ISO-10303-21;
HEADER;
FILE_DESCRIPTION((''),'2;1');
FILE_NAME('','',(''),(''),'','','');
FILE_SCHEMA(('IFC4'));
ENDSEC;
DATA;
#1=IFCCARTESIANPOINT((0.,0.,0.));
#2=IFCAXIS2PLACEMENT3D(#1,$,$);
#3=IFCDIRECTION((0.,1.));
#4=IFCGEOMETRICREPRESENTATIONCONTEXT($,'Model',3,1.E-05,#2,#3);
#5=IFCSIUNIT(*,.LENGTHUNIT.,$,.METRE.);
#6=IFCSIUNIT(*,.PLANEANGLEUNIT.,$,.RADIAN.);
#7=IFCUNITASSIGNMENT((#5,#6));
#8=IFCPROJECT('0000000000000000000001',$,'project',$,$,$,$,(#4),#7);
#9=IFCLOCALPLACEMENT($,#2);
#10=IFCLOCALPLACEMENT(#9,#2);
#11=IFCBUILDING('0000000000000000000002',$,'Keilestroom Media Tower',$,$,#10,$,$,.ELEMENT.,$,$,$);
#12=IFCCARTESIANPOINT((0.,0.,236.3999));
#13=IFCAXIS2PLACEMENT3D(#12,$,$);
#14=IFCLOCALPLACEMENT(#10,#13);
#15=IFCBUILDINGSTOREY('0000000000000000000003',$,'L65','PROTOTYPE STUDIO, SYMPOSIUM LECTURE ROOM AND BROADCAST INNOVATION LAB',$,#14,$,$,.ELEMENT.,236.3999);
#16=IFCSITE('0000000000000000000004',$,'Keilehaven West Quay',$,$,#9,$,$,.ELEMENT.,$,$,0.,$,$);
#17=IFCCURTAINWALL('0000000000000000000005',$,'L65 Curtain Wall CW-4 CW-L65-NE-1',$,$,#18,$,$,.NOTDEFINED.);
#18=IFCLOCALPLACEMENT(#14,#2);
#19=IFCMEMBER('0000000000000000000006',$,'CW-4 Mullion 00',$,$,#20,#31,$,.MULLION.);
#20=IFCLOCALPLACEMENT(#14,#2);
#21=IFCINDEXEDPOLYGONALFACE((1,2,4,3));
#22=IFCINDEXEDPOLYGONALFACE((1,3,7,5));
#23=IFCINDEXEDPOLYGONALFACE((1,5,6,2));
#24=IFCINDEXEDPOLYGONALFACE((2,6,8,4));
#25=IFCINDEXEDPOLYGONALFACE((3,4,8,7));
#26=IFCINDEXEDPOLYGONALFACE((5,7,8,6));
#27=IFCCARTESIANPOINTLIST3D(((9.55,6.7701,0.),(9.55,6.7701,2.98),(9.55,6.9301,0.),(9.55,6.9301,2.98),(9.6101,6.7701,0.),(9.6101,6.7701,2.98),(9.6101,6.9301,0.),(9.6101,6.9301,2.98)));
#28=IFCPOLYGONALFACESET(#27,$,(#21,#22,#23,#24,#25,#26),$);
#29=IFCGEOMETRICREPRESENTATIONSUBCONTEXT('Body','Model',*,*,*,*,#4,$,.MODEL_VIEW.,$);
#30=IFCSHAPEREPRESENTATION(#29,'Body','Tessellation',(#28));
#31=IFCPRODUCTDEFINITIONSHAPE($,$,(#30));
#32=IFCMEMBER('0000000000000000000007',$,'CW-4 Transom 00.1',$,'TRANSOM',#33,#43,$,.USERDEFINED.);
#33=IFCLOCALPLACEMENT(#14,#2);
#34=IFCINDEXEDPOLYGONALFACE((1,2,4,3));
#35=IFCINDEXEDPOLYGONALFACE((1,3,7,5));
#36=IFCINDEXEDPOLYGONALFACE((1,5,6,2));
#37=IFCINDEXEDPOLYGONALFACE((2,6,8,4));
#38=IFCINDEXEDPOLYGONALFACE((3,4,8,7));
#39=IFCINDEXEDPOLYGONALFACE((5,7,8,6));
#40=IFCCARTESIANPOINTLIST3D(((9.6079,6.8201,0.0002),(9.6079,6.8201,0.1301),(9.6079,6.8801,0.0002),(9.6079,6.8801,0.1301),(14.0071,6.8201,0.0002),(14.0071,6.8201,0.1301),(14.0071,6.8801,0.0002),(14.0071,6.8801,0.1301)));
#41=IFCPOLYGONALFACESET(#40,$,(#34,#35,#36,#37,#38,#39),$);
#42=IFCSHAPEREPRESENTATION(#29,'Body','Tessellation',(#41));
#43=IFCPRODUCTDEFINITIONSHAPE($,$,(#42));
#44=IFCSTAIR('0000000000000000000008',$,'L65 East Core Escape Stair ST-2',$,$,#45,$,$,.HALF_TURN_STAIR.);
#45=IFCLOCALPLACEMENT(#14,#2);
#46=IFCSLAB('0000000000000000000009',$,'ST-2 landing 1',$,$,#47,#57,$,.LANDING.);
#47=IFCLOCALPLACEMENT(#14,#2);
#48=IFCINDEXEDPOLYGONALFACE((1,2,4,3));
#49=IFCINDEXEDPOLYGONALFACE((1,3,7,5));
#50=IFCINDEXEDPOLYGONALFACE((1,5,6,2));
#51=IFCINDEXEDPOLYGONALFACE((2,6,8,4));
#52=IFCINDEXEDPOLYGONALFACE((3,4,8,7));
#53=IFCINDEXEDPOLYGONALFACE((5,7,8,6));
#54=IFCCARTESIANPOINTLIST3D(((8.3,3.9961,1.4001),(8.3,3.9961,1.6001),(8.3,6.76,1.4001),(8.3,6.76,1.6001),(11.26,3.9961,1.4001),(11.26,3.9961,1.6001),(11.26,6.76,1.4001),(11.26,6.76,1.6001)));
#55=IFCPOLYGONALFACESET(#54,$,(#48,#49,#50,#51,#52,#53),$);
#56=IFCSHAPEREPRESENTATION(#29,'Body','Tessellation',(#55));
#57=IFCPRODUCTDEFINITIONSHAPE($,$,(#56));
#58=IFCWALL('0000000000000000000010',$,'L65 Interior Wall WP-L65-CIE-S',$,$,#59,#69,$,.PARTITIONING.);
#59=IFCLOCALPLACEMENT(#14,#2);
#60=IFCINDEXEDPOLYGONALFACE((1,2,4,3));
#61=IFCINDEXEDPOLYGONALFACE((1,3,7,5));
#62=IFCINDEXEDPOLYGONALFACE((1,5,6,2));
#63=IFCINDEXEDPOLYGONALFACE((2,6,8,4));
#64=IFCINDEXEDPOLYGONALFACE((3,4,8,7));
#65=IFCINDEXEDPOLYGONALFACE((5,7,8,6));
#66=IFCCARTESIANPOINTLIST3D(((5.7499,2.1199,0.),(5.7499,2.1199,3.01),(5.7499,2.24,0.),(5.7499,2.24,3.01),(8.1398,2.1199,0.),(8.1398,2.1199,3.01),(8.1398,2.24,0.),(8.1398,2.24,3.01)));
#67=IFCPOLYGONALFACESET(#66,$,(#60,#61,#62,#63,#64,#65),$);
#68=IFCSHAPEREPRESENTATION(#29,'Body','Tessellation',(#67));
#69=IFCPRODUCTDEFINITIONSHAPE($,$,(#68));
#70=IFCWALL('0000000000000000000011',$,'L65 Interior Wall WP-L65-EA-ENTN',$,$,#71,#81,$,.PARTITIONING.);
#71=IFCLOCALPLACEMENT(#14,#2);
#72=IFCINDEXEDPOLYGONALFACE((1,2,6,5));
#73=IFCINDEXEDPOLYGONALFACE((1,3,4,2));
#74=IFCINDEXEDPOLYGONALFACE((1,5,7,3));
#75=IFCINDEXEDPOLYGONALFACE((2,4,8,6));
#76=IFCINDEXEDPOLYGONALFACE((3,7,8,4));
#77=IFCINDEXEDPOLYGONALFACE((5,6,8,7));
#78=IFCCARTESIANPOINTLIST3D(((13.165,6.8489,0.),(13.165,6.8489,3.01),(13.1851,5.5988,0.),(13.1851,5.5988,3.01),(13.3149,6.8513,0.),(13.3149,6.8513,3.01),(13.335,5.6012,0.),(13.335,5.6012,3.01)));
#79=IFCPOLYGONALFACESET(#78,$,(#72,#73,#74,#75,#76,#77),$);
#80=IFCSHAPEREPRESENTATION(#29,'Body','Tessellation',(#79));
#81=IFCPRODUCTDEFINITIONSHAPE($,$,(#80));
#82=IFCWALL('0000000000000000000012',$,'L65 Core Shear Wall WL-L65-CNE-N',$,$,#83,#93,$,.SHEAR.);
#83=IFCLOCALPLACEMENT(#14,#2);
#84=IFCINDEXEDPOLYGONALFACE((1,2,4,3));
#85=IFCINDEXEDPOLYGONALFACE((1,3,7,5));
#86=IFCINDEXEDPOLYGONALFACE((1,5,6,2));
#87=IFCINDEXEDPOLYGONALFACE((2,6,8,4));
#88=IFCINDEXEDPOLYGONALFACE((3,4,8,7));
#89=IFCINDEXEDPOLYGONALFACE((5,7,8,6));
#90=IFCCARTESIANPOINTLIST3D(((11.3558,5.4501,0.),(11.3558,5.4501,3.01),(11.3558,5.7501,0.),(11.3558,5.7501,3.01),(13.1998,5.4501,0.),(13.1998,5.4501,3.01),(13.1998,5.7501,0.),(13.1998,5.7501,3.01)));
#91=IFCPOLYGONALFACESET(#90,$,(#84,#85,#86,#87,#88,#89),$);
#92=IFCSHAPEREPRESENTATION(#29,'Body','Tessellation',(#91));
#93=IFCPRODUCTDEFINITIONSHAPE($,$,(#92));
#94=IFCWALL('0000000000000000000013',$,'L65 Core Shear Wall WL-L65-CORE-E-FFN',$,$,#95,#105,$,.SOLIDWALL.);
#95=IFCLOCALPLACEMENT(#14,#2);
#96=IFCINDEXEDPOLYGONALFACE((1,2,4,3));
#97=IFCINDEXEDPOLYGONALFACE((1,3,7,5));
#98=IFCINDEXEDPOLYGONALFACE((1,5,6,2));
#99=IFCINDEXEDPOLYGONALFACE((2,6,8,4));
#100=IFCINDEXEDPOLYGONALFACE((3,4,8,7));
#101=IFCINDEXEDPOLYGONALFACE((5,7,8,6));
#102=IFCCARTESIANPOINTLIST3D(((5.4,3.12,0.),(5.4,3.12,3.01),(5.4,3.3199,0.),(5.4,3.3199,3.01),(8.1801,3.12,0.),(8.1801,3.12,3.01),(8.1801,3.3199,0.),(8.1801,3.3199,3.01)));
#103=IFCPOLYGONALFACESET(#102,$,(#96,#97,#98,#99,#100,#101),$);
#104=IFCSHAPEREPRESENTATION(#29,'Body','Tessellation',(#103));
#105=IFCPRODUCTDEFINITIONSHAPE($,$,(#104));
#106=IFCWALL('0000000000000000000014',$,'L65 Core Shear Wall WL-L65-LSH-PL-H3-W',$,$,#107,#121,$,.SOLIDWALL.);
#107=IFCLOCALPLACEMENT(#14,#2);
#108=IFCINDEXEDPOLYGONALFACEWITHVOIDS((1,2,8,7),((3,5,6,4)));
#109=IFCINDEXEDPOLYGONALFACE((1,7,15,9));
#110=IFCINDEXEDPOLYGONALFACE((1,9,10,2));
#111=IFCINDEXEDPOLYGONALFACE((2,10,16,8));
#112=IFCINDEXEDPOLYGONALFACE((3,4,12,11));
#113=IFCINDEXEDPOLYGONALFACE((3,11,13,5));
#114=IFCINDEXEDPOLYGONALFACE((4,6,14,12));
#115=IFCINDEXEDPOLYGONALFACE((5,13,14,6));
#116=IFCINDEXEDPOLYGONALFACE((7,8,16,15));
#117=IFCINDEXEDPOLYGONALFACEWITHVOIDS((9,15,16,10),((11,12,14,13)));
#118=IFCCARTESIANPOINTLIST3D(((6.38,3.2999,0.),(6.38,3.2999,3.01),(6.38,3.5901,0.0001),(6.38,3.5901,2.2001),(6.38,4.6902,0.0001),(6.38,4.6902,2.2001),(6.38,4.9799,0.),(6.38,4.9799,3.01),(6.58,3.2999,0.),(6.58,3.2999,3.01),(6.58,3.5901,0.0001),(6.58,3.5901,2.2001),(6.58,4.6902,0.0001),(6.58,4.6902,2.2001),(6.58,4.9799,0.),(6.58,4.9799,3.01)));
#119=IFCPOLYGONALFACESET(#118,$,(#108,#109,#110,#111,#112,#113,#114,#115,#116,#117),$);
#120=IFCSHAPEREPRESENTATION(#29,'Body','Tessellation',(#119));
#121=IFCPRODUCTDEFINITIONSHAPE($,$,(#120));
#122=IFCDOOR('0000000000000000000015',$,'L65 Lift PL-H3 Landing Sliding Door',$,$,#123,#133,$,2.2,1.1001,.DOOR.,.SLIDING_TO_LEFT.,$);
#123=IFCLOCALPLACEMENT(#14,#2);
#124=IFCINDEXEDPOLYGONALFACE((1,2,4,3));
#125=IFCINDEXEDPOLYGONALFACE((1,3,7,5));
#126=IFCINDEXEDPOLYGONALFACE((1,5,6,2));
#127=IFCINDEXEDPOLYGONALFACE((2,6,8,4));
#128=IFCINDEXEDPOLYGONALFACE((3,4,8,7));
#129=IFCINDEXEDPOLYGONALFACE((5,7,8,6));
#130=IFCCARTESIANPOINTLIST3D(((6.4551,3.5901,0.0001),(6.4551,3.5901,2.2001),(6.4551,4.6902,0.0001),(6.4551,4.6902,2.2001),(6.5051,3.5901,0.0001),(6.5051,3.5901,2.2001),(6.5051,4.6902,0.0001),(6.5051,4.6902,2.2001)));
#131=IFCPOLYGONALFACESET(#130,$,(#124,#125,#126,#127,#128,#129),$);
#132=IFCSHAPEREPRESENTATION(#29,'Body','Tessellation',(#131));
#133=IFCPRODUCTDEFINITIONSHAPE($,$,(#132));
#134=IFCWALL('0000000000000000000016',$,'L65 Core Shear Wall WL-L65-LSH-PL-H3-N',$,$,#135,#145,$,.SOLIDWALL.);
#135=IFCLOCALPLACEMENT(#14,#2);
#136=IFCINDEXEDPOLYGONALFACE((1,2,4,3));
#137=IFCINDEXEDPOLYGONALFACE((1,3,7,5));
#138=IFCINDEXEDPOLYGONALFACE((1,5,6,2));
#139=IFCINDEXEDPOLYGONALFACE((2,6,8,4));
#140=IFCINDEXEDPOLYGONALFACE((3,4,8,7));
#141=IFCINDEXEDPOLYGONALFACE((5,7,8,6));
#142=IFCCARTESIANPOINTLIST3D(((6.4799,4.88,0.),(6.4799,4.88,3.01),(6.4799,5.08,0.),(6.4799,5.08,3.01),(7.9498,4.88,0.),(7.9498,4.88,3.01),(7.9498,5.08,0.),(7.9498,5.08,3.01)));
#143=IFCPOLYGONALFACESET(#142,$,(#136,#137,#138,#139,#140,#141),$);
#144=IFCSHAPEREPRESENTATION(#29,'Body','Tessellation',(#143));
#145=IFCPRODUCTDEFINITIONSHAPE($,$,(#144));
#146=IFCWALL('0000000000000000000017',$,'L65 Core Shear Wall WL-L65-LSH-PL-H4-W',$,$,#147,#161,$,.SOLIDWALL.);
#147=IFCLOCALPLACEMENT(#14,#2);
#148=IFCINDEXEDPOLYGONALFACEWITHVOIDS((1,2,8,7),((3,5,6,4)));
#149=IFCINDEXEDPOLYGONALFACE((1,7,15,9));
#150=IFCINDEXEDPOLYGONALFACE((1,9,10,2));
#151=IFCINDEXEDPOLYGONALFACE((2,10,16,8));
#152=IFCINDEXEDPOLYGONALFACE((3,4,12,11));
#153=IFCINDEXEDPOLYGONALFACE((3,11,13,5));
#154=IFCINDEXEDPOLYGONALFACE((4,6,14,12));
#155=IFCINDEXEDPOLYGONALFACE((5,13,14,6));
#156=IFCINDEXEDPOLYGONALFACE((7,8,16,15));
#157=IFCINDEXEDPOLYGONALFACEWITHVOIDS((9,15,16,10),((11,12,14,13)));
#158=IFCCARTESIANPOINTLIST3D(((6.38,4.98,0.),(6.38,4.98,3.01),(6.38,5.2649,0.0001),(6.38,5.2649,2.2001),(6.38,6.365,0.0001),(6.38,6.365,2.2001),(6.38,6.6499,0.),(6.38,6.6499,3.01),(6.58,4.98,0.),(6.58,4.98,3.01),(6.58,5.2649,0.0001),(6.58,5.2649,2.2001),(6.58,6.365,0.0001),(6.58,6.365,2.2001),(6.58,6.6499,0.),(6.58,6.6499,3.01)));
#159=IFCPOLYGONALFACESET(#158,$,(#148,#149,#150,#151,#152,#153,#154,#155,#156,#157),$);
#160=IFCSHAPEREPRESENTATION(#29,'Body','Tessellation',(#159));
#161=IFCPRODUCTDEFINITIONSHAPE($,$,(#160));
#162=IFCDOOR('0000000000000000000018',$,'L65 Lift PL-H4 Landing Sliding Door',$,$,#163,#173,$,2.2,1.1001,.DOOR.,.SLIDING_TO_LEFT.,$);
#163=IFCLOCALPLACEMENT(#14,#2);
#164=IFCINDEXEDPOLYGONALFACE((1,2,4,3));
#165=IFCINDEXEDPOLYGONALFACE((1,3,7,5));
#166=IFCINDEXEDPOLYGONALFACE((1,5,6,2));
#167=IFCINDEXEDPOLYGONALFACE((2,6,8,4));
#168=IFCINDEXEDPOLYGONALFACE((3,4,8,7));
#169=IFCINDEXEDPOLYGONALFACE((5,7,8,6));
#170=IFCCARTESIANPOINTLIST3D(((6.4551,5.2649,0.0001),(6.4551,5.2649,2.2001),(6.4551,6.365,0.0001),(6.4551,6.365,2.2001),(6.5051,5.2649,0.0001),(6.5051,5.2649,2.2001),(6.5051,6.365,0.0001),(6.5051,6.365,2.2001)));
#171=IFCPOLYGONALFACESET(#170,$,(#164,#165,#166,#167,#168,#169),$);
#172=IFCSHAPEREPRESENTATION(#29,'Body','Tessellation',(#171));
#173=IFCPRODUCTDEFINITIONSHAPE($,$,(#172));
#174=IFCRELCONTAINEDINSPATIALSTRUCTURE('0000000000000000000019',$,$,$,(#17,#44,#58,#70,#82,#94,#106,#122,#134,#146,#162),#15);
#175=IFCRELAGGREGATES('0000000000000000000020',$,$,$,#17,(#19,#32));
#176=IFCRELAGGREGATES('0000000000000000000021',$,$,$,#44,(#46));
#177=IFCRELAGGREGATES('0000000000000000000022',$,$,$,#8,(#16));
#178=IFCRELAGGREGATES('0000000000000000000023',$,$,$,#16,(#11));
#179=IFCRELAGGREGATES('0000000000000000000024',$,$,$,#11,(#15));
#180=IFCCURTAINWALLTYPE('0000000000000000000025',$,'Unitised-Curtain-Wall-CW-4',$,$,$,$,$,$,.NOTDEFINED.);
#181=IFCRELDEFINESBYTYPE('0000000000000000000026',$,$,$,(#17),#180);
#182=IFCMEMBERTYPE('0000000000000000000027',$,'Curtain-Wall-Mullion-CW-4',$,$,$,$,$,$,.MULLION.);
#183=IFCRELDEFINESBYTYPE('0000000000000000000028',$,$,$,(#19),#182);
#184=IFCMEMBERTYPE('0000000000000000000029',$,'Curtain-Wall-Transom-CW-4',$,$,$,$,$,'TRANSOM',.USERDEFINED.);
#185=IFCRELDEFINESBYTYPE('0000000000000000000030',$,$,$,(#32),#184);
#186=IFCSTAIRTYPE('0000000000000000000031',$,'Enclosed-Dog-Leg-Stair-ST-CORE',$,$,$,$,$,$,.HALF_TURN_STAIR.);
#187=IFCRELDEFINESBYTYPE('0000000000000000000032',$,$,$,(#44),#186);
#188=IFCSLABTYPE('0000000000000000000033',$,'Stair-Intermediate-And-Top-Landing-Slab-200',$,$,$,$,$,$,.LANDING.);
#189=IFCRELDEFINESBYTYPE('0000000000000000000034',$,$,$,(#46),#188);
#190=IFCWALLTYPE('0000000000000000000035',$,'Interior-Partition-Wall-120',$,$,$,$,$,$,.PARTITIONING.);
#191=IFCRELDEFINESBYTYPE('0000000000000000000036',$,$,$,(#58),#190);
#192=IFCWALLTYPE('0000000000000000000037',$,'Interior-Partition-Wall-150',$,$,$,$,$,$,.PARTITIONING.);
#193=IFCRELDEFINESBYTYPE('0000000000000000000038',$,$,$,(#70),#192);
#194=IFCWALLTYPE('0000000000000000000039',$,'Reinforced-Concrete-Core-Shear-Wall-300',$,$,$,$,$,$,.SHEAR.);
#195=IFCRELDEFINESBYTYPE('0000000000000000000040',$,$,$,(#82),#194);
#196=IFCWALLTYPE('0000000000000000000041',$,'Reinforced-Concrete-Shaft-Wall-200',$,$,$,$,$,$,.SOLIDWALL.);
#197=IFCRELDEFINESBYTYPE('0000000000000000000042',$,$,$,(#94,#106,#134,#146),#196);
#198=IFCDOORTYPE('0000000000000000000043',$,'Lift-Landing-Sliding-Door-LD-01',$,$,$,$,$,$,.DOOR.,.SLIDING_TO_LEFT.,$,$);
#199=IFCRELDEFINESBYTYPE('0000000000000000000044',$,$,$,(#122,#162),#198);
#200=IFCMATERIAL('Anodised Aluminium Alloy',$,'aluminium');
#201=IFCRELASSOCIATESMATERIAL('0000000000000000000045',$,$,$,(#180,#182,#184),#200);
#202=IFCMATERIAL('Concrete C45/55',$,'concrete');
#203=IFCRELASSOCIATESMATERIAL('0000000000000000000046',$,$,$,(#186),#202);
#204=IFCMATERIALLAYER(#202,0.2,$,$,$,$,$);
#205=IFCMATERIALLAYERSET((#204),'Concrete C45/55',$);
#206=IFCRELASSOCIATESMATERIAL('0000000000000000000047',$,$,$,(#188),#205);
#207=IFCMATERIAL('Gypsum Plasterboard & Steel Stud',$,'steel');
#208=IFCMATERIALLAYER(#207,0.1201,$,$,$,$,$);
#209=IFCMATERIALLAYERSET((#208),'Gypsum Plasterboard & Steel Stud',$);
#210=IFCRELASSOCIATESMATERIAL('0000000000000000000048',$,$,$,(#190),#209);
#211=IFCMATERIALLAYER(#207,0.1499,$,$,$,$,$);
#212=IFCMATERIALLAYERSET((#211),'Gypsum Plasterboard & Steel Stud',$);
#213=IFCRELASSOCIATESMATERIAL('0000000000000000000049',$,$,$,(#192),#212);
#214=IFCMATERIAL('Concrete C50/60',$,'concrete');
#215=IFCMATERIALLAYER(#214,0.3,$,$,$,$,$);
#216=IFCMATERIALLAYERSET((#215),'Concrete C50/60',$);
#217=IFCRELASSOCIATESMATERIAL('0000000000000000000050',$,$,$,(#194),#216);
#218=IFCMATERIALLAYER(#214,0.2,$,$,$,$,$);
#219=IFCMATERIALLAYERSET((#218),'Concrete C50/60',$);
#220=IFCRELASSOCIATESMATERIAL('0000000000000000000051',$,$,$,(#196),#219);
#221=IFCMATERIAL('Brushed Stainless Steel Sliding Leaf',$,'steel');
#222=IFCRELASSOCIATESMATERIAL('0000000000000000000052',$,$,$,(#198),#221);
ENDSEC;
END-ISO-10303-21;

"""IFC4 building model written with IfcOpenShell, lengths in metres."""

from ifc_helpers import new_model, si_unit, direction, frame, frame_2d, origin, origin_2d, place, context, subcontext, project, spatial, polyline, rectangle, outline, extrude, source, transform, mapped, material, layer, layer_set, material_profile, profile_set, type_object, element, fill, aggregate, save


model = new_model("IFC4")

# Units and contexts
model_context = context("Model", 3, precision=1e-05, world=origin(), true_north=direction((0.0, 1.0)))
body_context = subcontext(model_context, "Body", "Model", "MODEL_VIEW")
ifc_project = project(units=[si_unit("LENGTHUNIT", "METRE"), si_unit("PLANEANGLEUNIT", "RADIAN")], contexts=[model_context])

# Site, building, storey
site_placement = place(None, origin())
site = spatial("IfcSite", under=ifc_project, at=site_placement, Name="Keilehaven West Quay", CompositionType="ELEMENT", RefElevation=0.0)
building_placement = place(site_placement, origin())
building = spatial("IfcBuilding", under=site, at=building_placement, Name="Keilestroom Media Tower", CompositionType="ELEMENT")
storey_placement = place(building_placement, frame((0.0, 0.0, 236.3999)))
storey = spatial("IfcBuildingStorey", under=building, at=storey_placement, Name="L65", Description="PROTOTYPE STUDIO, SYMPOSIUM LECTURE ROOM AND BROADCAST INNOVATION LAB", CompositionType="ELEMENT", Elevation=236.3999)

# Curtain wall, members
ifc_material_1 = material(Name="Anodised Aluminium Alloy", Category="aluminium")
curtain_wall_type = type_object("IfcCurtainWallType", Name="Unitised-Curtain-Wall-CW-4", PredefinedType="NOTDEFINED", material=ifc_material_1)
curtain_wall_placement = place(storey_placement, origin())
curtain_wall = element("IfcCurtainWall", 1, at=curtain_wall_placement, inside=storey, type_object=curtain_wall_type, Name="L65 Curtain Wall CW-4 CW-L65-NE-1", PredefinedType="NOTDEFINED")
ifc_material_profile_1 = material_profile(ifc_material_1, rectangle(XDim=0.0601, YDim=0.1599, at=origin_2d()), Name="ALU MULLION 60x160")
ifc_profile_set_1 = profile_set([ifc_material_profile_1], Name="Anodised Aluminium Alloy")
member_type_1 = type_object("IfcMemberType", Name="Curtain-Wall-Mullion-CW-4", PredefinedType="MULLION", material=ifc_profile_set_1)
shared_shape_1 = source(origin(), body_context, "Body", "SweptSolid", [
    extrude(rectangle(XDim=0.0601, YDim=0.1599, at=origin_2d()), origin(), (0.0, 0.0, 1.0), 2.98),
])
member_1_placement = place(storey_placement, frame((9.5801, 6.8501, 0.0), z_axis=(0.0, 0.0, 1.0), x_axis=(1.0, 0.0, 0.0)))
member_1 = element("IfcMember", 2, at=member_1_placement, type_object=member_type_1, Name="CW-4 Mullion 00", PredefinedType="MULLION", context=body_context, shape_type="MappedRepresentation", body=[
    mapped(shared_shape_1, transform((0.0, 0.0, 0.0), x_axis=(1.0, 0.0, 0.0), y_axis=(0.0, 1.0, 0.0), z_axis=(0.0, 0.0, 1.0), scale=1.0)),
])
ifc_material_profile_2 = material_profile(ifc_material_1, rectangle(XDim=0.0601, YDim=0.1299, at=origin_2d()), Name="ALU TRANSOM 60x130")
ifc_profile_set_2 = profile_set([ifc_material_profile_2], Name="Anodised Aluminium Alloy")
member_type_2 = type_object("IfcMemberType", Name="Curtain-Wall-Transom-CW-4", ElementType="TRANSOM", PredefinedType="USERDEFINED", material=ifc_profile_set_2)
shared_shape_2 = source(origin(), body_context, "Body", "SweptSolid", [
    extrude(rectangle(XDim=0.0601, YDim=0.1299, at=origin_2d()), origin(), (0.0, 0.0, 1.0), 4.3992),
])
member_2_placement = place(storey_placement, frame((9.6079, 6.8501, 0.0652), z_axis=(1.0, 0.0, 0.0), x_axis=(0.0, 1.0, 0.0)))
member_2 = element("IfcMember", 3, at=member_2_placement, type_object=member_type_2, Name="CW-4 Transom 00.1", ObjectType="TRANSOM", PredefinedType="USERDEFINED", context=body_context, shape_type="MappedRepresentation", body=[
    mapped(shared_shape_2, transform((0.0, 0.0, 0.0), x_axis=(1.0, 0.0, 0.0), y_axis=(0.0, 1.0, 0.0), z_axis=(0.0, 0.0, 1.0), scale=1.0)),
])
aggregate(curtain_wall, [member_1, member_2])

# Stair, slab
ifc_material_2 = material(Name="Concrete C45/55", Category="concrete")
stair_type = type_object("IfcStairType", Name="Enclosed-Dog-Leg-Stair-ST-CORE", PredefinedType="HALF_TURN_STAIR", material=ifc_material_2)
stair_placement = place(storey_placement, origin())
stair = element("IfcStair", 4, at=stair_placement, inside=storey, type_object=stair_type, Name="L65 East Core Escape Stair ST-2", PredefinedType="HALF_TURN_STAIR")
ifc_layer_1 = layer(ifc_material_2, 0.2)
ifc_layer_set_1 = layer_set([ifc_layer_1], Name="Concrete C45/55")
slab_type = type_object("IfcSlabType", Name="Stair-Intermediate-And-Top-Landing-Slab-200", PredefinedType="LANDING", material=ifc_layer_set_1)
slab_placement = place(storey_placement, frame((0.0, 0.0, 1.4001)))
slab = element("IfcSlab", 5, at=slab_placement, type_object=slab_type, Name="ST-2 landing 1", PredefinedType="LANDING", context=body_context, shape_type="SweptSolid", body=[
    extrude(outline(polyline([(11.26, 3.9961), (11.26, 6.76), (8.3, 6.76), (8.3, 3.9961), (11.26, 3.9961)])), origin(), (0.0, 0.0, 1.0), 0.2),
])

# Walls
ifc_material_3 = material(Name="Gypsum Plasterboard & Steel Stud", Category="steel")
ifc_layer_2 = layer(ifc_material_3, 0.1201)
ifc_layer_set_2 = layer_set([ifc_layer_2], Name="Gypsum Plasterboard & Steel Stud")
wall_type_1 = type_object("IfcWallType", Name="Interior-Partition-Wall-120", PredefinedType="PARTITIONING", material=ifc_layer_set_2)
wall_1_placement = place(storey_placement, frame((5.75, 2.1799, 0.0), z_axis=(0.0, 0.0, 1.0), x_axis=(1.0, 0.0, 0.0)))
element("IfcWall", 6, at=wall_1_placement, inside=storey, type_object=wall_type_1, Name="L65 Interior Wall WP-L65-CIE-S", PredefinedType="PARTITIONING", context=body_context, shape_type="SweptSolid", body=[
    extrude(rectangle(XDim=2.3899, YDim=0.1201, at=frame_2d((1.1948, 0.0))), origin(), (0.0, 0.0, 1.0), 3.01),
])
ifc_layer_3 = layer(ifc_material_3, 0.1499)
ifc_layer_set_3 = layer_set([ifc_layer_3], Name="Gypsum Plasterboard & Steel Stud")
wall_type_2 = type_object("IfcWallType", Name="Interior-Partition-Wall-150", PredefinedType="PARTITIONING", material=ifc_layer_set_3)
wall_2_placement = place(storey_placement, frame((13.26, 5.6001, 0.0), z_axis=(0.0, 0.0, 1.0), x_axis=(-0.016014, 0.999872, 0.0)))
element("IfcWall", 7, at=wall_2_placement, inside=storey, type_object=wall_type_2, Name="L65 Interior Wall WP-L65-EA-ENTN", PredefinedType="PARTITIONING", context=body_context, shape_type="SweptSolid", body=[
    extrude(rectangle(XDim=1.2502, YDim=0.1499, at=frame_2d((0.625, 0.0))), origin(), (0.0, 0.0, 1.0), 3.01),
])
ifc_material_4 = material(Name="Concrete C50/60", Category="concrete")
ifc_layer_4 = layer(ifc_material_4, 0.3)
ifc_layer_set_4 = layer_set([ifc_layer_4], Name="Concrete C50/60")
wall_type_3 = type_object("IfcWallType", Name="Reinforced-Concrete-Core-Shear-Wall-300", PredefinedType="SHEAR", material=ifc_layer_set_4)
wall_3_placement = place(storey_placement, frame((11.356, 5.6001, 0.0), z_axis=(0.0, 0.0, 1.0), x_axis=(1.0, 0.0, 0.0)))
element("IfcWall", 8, at=wall_3_placement, inside=storey, type_object=wall_type_3, Name="L65 Core Shear Wall WL-L65-CNE-N", PredefinedType="SHEAR", context=body_context, shape_type="SweptSolid", body=[
    extrude(rectangle(XDim=1.844, YDim=0.3, at=frame_2d((0.9219, 0.0))), origin(), (0.0, 0.0, 1.0), 3.01),
])
ifc_layer_5 = layer(ifc_material_4, 0.2)
ifc_layer_set_5 = layer_set([ifc_layer_5], Name="Concrete C50/60")
wall_type_4 = type_object("IfcWallType", Name="Reinforced-Concrete-Shaft-Wall-200", PredefinedType="SOLIDWALL", material=ifc_layer_set_5)
wall_4_placement = place(storey_placement, frame((5.3999, 3.22, 0.0), z_axis=(0.0, 0.0, 1.0), x_axis=(1.0, 0.0, 0.0)))
element("IfcWall", 9, at=wall_4_placement, inside=storey, type_object=wall_type_4, Name="L65 Core Shear Wall WL-L65-CORE-E-FFN", PredefinedType="SOLIDWALL", context=body_context, shape_type="SweptSolid", body=[
    extrude(rectangle(XDim=2.78, YDim=0.2, at=frame_2d((1.3901, 0.0))), origin(), (0.0, 0.0, 1.0), 3.01),
])

# Wall, opening, door
wall_5_placement = place(storey_placement, frame((6.48, 3.3, 0.0), z_axis=(0.0, 0.0, 1.0), x_axis=(0.0, 1.0, 0.0)))
wall_5 = element("IfcWall", 10, at=wall_5_placement, inside=storey, type_object=wall_type_4, Name="L65 Core Shear Wall WL-L65-LSH-PL-H3-W", PredefinedType="SOLIDWALL", context=body_context, shape_type="SweptSolid", body=[
    extrude(rectangle(XDim=1.6799, YDim=0.2, at=frame_2d((0.8398, 0.0))), origin(), (0.0, 0.0, 1.0), 3.01),
])
opening_1_placement = place(wall_5_placement, frame((0.29, 0.0, 0.0)))
opening_1 = element("IfcOpeningElement", 11, at=opening_1_placement, cuts=wall_5, PredefinedType="OPENING", context=body_context, shape_type="SweptSolid", body=[
    extrude(rectangle(XDim=1.1001, YDim=2.2, at=frame_2d((0.55, 1.1001))), frame((0.0, 0.1099, 0.0), z_axis=(0.0, -1.0, 0.0), x_axis=(1.0, 0.0, 0.0)), (0.0, 0.0, 1.0), 0.22),
])
ifc_material_5 = material(Name="Brushed Stainless Steel Sliding Leaf", Category="steel")
door_type = type_object("IfcDoorType", Name="Lift-Landing-Sliding-Door-LD-01", OperationType="SLIDING_TO_LEFT", PredefinedType="DOOR", material=ifc_material_5)
shared_shape_3 = source(origin(), body_context, "Body", "SweptSolid", [
    extrude(rectangle(XDim=1.1001, YDim=2.2, at=frame_2d((0.55, 1.1001))), frame((0.0, 0.0249, 0.0), z_axis=(0.0, -1.0, 0.0), x_axis=(1.0, 0.0, 0.0)), (0.0, 0.0, 1.0), 0.05),
])
door_1_placement = place(opening_1_placement, origin())
door_1 = element("IfcDoor", 12, at=door_1_placement, inside=storey, type_object=door_type, Name="L65 Lift PL-H3 Landing Sliding Door", OperationType="SLIDING_TO_LEFT", OverallHeight=2.2, OverallWidth=1.1001, PredefinedType="DOOR", context=body_context, shape_type="MappedRepresentation", body=[
    mapped(shared_shape_3, transform((0.0, 0.0, 0.0), x_axis=(1.0, 0.0, 0.0), y_axis=(0.0, 1.0, 0.0), z_axis=(0.0, 0.0, 1.0), scale=1.0)),
])
fill(opening_1, door_1)

# Wall
wall_6_placement = place(storey_placement, frame((6.48, 4.98, 0.0), z_axis=(0.0, 0.0, 1.0), x_axis=(1.0, 0.0, 0.0)))
element("IfcWall", 13, at=wall_6_placement, inside=storey, type_object=wall_type_4, Name="L65 Core Shear Wall WL-L65-LSH-PL-H3-N", PredefinedType="SOLIDWALL", context=body_context, shape_type="SweptSolid", body=[
    extrude(rectangle(XDim=1.47, YDim=0.2, at=frame_2d((0.7349, 0.0))), origin(), (0.0, 0.0, 1.0), 3.01),
])

# Wall, opening, door
wall_7_placement = place(storey_placement, frame((6.48, 4.98, 0.0), z_axis=(0.0, 0.0, 1.0), x_axis=(0.0, 1.0, 0.0)))
wall_7 = element("IfcWall", 14, at=wall_7_placement, inside=storey, type_object=wall_type_4, Name="L65 Core Shear Wall WL-L65-LSH-PL-H4-W", PredefinedType="SOLIDWALL", context=body_context, shape_type="SweptSolid", body=[
    extrude(rectangle(XDim=1.6699, YDim=0.2, at=frame_2d((0.835, 0.0))), origin(), (0.0, 0.0, 1.0), 3.01),
])
opening_2_placement = place(wall_7_placement, frame((0.2849, 0.0, 0.0)))
opening_2 = element("IfcOpeningElement", 15, at=opening_2_placement, cuts=wall_7, PredefinedType="OPENING", context=body_context, shape_type="SweptSolid", body=[
    extrude(rectangle(XDim=1.1001, YDim=2.2, at=frame_2d((0.55, 1.1001))), frame((0.0, 0.1099, 0.0), z_axis=(0.0, -1.0, 0.0), x_axis=(1.0, 0.0, 0.0)), (0.0, 0.0, 1.0), 0.22),
])
door_2_placement = place(opening_2_placement, origin())
door_2 = element("IfcDoor", 16, at=door_2_placement, inside=storey, type_object=door_type, Name="L65 Lift PL-H4 Landing Sliding Door", OperationType="SLIDING_TO_LEFT", OverallHeight=2.2, OverallWidth=1.1001, PredefinedType="DOOR", context=body_context, shape_type="MappedRepresentation", body=[
    mapped(shared_shape_3, transform((0.0, 0.0, 0.0), x_axis=(1.0, 0.0, 0.0), y_axis=(0.0, 1.0, 0.0), z_axis=(0.0, 0.0, 1.0), scale=1.0)),
])
fill(opening_2, door_2)

aggregate(stair, [slab])

save(model, "model.ifc")
